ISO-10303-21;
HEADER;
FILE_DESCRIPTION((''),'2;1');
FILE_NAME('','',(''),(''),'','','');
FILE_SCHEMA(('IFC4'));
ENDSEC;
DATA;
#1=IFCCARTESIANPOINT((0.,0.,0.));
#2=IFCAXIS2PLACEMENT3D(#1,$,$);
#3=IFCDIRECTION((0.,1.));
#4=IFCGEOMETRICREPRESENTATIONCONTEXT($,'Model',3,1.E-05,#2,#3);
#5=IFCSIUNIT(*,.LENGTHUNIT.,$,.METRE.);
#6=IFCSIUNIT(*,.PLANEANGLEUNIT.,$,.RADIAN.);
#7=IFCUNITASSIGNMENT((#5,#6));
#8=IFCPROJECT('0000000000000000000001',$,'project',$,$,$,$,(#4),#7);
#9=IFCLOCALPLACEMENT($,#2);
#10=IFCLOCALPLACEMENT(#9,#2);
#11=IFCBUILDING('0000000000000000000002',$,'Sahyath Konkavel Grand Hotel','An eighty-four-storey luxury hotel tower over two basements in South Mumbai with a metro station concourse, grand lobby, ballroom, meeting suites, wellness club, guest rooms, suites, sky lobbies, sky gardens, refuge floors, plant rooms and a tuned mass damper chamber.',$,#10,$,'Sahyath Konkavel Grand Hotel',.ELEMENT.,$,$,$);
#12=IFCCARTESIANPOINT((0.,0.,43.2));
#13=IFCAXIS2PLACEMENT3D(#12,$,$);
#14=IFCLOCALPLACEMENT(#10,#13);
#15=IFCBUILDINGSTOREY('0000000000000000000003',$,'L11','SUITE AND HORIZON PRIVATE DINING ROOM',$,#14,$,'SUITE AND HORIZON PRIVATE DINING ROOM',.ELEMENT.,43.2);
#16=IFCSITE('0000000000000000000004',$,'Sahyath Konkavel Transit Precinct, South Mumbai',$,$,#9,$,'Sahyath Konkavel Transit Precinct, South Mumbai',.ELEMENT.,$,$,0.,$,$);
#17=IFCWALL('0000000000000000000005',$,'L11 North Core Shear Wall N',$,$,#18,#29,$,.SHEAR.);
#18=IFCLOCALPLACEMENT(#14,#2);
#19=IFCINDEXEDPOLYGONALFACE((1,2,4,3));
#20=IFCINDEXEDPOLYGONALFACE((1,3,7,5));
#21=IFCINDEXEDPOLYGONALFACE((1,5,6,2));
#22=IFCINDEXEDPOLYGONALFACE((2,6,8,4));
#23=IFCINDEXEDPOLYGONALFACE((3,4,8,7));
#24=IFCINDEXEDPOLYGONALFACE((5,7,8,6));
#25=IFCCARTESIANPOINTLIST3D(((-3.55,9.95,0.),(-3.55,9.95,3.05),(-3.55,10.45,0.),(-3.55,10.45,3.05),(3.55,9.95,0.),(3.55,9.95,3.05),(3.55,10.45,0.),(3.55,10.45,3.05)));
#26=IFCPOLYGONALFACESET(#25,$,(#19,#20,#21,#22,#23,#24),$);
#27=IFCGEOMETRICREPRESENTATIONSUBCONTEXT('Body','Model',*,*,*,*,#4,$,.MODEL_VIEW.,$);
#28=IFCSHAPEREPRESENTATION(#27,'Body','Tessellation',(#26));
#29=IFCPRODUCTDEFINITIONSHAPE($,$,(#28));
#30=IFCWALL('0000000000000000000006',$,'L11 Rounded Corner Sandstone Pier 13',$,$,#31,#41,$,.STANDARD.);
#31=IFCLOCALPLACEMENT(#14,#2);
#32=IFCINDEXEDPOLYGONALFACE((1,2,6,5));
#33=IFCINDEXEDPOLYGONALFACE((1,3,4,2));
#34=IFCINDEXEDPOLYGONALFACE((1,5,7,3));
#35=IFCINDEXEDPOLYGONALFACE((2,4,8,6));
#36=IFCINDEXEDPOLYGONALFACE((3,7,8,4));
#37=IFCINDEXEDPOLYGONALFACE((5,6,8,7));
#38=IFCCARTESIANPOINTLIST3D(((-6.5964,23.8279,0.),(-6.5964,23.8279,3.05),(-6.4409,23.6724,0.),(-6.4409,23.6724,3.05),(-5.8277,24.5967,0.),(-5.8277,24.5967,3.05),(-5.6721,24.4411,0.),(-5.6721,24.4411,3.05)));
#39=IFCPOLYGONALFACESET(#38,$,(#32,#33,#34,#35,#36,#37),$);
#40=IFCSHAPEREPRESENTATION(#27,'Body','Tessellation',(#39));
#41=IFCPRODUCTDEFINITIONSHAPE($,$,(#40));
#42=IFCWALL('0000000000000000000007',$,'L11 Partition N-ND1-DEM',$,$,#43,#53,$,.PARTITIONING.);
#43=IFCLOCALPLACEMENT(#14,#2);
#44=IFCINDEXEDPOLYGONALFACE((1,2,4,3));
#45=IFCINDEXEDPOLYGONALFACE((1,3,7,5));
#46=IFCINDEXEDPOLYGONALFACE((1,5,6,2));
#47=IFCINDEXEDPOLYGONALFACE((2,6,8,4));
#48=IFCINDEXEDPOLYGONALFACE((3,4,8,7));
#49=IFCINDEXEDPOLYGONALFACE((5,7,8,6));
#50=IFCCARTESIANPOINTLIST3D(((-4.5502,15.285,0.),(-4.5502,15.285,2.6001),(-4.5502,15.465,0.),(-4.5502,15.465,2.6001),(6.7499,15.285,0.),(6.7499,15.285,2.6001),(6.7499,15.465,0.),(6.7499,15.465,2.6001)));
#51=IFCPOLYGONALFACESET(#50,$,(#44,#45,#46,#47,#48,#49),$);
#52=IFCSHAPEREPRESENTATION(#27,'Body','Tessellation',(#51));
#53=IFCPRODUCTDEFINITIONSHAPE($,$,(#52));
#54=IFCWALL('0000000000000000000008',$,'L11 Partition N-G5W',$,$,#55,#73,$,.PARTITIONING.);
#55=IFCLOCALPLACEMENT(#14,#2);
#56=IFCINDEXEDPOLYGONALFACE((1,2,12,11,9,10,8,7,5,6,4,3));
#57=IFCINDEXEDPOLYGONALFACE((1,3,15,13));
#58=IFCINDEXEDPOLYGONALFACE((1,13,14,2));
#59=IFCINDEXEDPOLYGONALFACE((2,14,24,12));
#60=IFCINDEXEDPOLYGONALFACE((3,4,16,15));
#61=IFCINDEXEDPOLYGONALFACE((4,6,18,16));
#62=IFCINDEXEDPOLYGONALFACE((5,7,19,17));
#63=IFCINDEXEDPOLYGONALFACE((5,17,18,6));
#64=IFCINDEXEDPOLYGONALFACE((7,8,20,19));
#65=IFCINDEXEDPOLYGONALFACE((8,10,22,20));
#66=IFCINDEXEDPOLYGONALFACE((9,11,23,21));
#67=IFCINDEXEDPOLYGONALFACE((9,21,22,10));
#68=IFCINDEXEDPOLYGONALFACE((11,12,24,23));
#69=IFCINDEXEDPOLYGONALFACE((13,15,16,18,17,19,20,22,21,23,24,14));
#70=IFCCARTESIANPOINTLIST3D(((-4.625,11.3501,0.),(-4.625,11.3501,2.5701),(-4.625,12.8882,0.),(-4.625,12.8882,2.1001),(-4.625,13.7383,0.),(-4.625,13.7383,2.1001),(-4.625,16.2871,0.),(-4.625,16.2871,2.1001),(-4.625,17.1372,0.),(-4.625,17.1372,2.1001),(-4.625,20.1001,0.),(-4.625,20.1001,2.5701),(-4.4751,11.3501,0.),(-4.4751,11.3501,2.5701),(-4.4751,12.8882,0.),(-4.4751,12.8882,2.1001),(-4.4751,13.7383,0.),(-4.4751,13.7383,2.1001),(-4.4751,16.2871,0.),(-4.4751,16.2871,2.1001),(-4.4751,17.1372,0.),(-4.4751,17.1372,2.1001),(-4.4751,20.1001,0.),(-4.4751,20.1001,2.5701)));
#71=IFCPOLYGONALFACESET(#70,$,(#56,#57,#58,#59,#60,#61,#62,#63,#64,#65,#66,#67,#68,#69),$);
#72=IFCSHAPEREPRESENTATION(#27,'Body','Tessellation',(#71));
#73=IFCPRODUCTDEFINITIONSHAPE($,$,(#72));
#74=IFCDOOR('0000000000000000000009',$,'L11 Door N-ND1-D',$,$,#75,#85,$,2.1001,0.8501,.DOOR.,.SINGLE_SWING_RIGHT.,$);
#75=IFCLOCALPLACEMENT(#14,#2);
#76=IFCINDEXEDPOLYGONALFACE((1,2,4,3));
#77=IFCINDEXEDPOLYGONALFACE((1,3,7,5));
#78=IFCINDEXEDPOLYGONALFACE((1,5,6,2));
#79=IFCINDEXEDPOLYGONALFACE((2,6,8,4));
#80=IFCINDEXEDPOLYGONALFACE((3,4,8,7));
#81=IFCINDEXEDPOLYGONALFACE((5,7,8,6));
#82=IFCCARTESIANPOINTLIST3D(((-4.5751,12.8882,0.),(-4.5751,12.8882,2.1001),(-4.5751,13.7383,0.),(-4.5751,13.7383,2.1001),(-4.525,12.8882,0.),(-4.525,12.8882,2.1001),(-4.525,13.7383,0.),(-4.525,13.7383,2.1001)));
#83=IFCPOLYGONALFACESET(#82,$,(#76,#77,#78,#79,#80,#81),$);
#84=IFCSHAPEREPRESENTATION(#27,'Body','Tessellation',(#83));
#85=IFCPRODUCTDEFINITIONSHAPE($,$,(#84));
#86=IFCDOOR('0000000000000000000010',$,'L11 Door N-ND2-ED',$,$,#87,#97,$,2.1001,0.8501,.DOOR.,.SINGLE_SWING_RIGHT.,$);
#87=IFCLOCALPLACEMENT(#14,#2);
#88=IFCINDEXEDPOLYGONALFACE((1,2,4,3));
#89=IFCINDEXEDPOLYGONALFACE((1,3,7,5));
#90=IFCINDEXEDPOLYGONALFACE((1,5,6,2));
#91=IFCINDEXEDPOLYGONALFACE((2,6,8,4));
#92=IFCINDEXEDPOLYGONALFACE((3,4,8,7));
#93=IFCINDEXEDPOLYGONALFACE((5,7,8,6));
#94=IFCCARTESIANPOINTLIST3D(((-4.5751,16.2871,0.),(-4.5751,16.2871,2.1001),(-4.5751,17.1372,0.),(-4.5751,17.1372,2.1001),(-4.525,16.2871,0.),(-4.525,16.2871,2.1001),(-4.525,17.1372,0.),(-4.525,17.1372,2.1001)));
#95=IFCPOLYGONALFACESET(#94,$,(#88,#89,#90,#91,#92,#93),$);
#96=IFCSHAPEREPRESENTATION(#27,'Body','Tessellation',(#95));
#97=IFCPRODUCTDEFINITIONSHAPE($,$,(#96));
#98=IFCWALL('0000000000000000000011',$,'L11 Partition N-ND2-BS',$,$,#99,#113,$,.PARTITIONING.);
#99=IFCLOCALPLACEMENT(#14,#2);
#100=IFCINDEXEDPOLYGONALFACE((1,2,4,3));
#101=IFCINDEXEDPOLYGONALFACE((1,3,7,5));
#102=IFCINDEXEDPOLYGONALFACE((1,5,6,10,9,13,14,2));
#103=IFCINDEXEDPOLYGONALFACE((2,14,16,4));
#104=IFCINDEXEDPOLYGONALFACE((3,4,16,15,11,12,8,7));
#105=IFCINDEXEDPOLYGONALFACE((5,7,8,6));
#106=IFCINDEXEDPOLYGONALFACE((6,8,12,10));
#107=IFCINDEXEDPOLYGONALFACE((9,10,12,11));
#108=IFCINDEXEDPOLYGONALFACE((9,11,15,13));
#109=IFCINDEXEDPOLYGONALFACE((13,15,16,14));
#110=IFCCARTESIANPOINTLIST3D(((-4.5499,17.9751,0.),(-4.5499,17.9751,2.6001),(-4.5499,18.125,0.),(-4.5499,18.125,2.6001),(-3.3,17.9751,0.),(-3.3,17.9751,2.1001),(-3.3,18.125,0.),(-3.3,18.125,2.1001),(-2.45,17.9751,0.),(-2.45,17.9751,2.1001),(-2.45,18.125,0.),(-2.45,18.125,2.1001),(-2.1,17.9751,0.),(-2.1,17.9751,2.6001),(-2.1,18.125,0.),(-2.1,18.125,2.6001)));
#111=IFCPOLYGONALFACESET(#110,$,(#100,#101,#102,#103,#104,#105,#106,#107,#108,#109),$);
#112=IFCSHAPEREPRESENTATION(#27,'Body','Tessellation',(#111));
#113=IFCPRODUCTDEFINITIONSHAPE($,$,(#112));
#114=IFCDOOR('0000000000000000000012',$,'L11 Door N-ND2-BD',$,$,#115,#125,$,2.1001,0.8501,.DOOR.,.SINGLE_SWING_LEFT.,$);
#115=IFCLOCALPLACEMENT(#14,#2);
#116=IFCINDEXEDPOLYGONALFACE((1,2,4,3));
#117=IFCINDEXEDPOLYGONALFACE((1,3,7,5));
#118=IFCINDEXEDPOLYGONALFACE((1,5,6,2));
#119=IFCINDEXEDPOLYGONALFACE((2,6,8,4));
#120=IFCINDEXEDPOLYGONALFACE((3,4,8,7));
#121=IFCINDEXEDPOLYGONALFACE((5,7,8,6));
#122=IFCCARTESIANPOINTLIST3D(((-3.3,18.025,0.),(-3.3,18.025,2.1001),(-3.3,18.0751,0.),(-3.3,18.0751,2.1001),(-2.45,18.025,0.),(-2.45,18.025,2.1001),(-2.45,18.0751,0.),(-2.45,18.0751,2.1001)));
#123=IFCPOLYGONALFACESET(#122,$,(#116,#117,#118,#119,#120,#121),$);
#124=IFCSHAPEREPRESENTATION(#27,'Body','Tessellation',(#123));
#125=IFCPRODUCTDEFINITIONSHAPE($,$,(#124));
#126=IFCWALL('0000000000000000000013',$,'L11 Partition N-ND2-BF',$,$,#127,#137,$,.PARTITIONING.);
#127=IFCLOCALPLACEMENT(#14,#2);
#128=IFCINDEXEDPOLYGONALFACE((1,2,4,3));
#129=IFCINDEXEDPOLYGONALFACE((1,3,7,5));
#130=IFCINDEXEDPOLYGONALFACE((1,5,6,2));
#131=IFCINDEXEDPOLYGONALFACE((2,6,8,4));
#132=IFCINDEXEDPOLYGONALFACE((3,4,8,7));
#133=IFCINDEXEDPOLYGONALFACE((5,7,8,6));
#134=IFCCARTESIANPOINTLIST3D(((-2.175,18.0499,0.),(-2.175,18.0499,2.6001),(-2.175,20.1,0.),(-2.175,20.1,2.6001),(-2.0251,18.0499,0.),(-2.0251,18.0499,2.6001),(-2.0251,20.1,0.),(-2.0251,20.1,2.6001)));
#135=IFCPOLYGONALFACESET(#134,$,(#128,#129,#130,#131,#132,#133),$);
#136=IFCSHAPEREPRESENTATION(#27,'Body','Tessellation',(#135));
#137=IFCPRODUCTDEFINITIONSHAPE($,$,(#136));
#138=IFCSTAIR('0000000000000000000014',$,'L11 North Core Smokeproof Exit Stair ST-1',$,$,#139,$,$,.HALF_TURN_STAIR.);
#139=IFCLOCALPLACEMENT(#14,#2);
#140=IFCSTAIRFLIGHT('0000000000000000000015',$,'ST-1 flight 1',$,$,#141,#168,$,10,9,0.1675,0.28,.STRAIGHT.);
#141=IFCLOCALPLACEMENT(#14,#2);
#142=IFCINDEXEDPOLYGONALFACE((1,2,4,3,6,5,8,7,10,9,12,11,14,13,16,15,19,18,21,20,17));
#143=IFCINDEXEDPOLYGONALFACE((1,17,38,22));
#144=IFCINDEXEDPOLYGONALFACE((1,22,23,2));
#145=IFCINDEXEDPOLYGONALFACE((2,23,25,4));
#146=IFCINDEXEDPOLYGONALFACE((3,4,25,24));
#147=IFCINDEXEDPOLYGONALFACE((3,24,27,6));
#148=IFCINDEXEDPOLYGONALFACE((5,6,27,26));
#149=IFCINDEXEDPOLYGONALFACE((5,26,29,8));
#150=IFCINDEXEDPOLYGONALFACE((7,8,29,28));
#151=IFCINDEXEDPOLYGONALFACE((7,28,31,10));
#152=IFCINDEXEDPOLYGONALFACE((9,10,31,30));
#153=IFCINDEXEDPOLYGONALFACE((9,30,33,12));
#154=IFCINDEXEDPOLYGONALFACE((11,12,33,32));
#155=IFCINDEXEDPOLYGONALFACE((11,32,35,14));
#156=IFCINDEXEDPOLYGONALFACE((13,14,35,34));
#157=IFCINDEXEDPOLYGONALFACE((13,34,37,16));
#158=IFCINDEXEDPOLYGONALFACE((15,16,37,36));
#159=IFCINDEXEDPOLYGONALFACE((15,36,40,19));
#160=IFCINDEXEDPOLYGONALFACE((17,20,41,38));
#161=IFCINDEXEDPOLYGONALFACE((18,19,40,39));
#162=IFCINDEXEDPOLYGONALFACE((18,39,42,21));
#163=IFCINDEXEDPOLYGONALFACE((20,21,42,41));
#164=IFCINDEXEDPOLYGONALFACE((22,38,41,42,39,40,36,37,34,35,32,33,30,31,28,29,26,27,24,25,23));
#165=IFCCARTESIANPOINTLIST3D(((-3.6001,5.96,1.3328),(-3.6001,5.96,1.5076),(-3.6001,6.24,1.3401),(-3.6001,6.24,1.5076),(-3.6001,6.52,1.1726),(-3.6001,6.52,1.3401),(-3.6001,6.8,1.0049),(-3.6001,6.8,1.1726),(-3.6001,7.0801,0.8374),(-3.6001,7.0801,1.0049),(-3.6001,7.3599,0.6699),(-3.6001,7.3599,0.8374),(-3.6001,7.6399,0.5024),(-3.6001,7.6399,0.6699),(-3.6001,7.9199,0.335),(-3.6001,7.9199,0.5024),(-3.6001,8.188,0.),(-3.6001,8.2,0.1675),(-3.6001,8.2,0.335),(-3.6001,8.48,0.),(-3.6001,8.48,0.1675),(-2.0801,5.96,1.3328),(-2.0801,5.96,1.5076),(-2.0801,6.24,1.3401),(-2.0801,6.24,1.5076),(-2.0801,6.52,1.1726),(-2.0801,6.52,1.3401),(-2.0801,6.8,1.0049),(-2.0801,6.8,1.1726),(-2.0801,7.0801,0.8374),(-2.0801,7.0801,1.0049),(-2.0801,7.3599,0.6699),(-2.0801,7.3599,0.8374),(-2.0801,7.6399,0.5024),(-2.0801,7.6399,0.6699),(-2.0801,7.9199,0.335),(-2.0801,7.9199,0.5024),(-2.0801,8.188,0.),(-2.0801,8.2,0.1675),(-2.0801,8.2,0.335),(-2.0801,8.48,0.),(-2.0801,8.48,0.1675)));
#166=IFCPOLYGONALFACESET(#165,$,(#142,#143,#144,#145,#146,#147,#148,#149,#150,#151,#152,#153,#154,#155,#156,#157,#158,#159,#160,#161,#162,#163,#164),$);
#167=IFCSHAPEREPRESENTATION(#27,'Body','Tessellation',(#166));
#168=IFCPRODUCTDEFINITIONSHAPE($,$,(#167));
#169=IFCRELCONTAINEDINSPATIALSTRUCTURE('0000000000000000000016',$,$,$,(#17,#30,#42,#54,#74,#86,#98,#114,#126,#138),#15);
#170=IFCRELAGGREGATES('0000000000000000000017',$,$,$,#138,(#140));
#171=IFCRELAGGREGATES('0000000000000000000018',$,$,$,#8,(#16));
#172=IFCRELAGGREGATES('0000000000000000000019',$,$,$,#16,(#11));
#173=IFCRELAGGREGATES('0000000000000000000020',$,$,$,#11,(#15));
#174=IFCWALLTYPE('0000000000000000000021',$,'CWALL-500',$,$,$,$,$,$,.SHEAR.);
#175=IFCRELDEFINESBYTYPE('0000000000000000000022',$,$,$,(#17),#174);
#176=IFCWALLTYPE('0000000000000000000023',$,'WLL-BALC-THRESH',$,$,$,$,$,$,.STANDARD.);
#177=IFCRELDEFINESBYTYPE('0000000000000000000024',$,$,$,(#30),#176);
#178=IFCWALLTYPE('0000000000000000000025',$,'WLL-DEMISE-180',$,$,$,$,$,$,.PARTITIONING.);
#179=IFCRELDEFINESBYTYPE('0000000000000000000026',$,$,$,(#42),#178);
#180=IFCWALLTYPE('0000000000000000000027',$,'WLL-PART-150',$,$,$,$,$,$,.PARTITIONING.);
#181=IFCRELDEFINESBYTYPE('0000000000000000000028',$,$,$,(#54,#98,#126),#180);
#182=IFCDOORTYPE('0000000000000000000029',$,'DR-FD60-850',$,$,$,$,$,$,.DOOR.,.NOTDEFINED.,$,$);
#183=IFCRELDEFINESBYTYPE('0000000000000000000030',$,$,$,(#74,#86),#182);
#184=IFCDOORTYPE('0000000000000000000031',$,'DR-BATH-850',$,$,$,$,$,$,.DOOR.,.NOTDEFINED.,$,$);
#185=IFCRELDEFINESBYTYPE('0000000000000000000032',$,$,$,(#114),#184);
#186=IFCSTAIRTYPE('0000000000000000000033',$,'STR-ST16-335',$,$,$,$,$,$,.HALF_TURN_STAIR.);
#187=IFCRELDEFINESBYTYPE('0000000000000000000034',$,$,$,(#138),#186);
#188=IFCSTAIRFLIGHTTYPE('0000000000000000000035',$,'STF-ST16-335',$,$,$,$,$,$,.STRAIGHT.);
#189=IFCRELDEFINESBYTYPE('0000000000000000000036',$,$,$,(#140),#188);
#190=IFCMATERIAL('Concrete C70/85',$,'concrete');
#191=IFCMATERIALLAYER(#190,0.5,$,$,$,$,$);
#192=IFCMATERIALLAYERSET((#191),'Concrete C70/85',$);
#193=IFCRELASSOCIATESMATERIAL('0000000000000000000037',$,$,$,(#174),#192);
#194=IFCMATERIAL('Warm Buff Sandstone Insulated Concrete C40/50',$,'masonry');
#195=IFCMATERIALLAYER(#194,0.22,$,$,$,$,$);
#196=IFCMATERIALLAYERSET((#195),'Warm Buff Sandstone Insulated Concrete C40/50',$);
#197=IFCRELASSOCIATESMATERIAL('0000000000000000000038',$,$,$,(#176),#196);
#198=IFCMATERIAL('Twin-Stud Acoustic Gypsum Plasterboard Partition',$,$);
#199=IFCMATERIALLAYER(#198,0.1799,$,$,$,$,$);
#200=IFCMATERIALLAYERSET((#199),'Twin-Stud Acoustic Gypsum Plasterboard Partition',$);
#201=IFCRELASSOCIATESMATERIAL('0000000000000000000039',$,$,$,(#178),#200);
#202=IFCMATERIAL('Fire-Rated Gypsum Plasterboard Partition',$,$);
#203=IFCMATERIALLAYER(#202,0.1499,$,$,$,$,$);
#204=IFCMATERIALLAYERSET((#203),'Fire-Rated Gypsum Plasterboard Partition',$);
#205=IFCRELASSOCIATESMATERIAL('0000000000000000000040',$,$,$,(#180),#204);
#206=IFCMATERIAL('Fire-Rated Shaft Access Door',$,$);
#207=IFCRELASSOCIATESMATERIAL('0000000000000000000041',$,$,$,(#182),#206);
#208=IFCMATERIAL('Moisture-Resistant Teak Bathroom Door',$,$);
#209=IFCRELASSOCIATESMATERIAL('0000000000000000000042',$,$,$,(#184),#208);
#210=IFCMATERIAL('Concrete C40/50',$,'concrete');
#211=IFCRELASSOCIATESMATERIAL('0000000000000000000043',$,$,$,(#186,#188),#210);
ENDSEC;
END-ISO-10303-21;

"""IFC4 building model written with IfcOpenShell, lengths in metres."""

from ifc_helpers import new_model, si_unit, direction, frame, frame_2d, origin, origin_2d, place, context, subcontext, project, spatial, polyline, rectangle, outline, extrude, source, transform, mapped, material, layer, layer_set, type_object, element, fill, aggregate, save


model = new_model("IFC4")

# Units and contexts
model_context = context("Model", 3, precision=1e-05, world=origin(), true_north=direction((0.0, 1.0)))
body_context = subcontext(model_context, "Body", "Model", "MODEL_VIEW")
ifc_project = project(units=[si_unit("LENGTHUNIT", "METRE"), si_unit("PLANEANGLEUNIT", "RADIAN")], contexts=[model_context])

# Site, building, storey
site_placement = place(None, origin())
site = spatial("IfcSite", under=ifc_project, at=site_placement, Name="Sahyath Konkavel Transit Precinct, South Mumbai", LongName="Sahyath Konkavel Transit Precinct, South Mumbai", CompositionType="ELEMENT", RefElevation=0.0)
building_placement = place(site_placement, origin())
building = spatial("IfcBuilding", under=site, at=building_placement, Name="Sahyath Konkavel Grand Hotel", Description="An eighty-four-storey luxury hotel tower over two basements in South Mumbai with a metro station concourse, grand lobby, ballroom, meeting suites, wellness club, guest rooms, suites, sky lobbies, sky gardens, refuge floors, plant rooms and a tuned mass damper chamber.", LongName="Sahyath Konkavel Grand Hotel", CompositionType="ELEMENT")
storey_placement = place(building_placement, frame((0.0, 0.0, 43.2)))
storey = spatial("IfcBuildingStorey", under=building, at=storey_placement, Name="L11", Description="SUITE AND HORIZON PRIVATE DINING ROOM", LongName="SUITE AND HORIZON PRIVATE DINING ROOM", CompositionType="ELEMENT", Elevation=43.2)

# Shared definitions
ifc_material_1 = material(Name="Concrete C70/85", Category="concrete")

# Walls
ifc_layer_1 = layer(ifc_material_1, 0.5)
ifc_layer_set_1 = layer_set([ifc_layer_1], Name="Concrete C70/85")
wall_type_1 = type_object("IfcWallType", Name="CWALL-500", PredefinedType="SHEAR", material=ifc_layer_set_1)
wall_1_placement = place(storey_placement, frame((-3.55, 10.2, 0.0), z_axis=(0.0, 0.0, 1.0), x_axis=(1.0, 0.0, 0.0)))
element("IfcWall", 1, at=wall_1_placement, inside=storey, type_object=wall_type_1, Name="L11 North Core Shear Wall N", PredefinedType="SHEAR", context=body_context, shape_type="SweptSolid", body=[
    extrude(rectangle(XDim=7.1001, YDim=0.5, at=frame_2d((3.55, 0.0))), origin(), (0.0, 0.0, 1.0), 3.05),
])
ifc_material_2 = material(Name="Warm Buff Sandstone Insulated Concrete C40/50", Category="masonry")
ifc_layer_2 = layer(ifc_material_2, 0.22)
ifc_layer_set_2 = layer_set([ifc_layer_2], Name="Warm Buff Sandstone Insulated Concrete C40/50")
wall_type_2 = type_object("IfcWallType", Name="WLL-BALC-THRESH", PredefinedType="STANDARD", material=ifc_layer_set_2)
wall_2_placement = place(storey_placement, frame((-5.75, 24.5188, 0.0), z_axis=(0.0, 0.0, 1.0), x_axis=(-0.707107, -0.707107, 0.0)))
element("IfcWall", 2, at=wall_2_placement, inside=storey, type_object=wall_type_2, Name="L11 Rounded Corner Sandstone Pier 13", PredefinedType="STANDARD", context=body_context, shape_type="SweptSolid", body=[
    extrude(rectangle(XDim=1.0872, YDim=0.22, at=frame_2d((0.5435, 0.0))), origin(), (0.0, 0.0, 1.0), 3.05),
])
ifc_material_3 = material(Name="Twin-Stud Acoustic Gypsum Plasterboard Partition")
ifc_layer_3 = layer(ifc_material_3, 0.1799)
ifc_layer_set_3 = layer_set([ifc_layer_3], Name="Twin-Stud Acoustic Gypsum Plasterboard Partition")
wall_type_3 = type_object("IfcWallType", Name="WLL-DEMISE-180", PredefinedType="PARTITIONING", material=ifc_layer_set_3)
wall_3_placement = place(storey_placement, frame((-4.55, 15.375, 0.0), z_axis=(0.0, 0.0, 1.0), x_axis=(1.0, 0.0, 0.0)))
element("IfcWall", 3, at=wall_3_placement, inside=storey, type_object=wall_type_3, Name="L11 Partition N-ND1-DEM", PredefinedType="PARTITIONING", context=body_context, shape_type="SweptSolid", body=[
    extrude(rectangle(XDim=11.3, YDim=0.1799, at=frame_2d((5.6499, 0.0))), origin(), (0.0, 0.0, 1.0), 2.6001),
])

# Wall, openings, doors
ifc_material_4 = material(Name="Fire-Rated Gypsum Plasterboard Partition")
ifc_layer_4 = layer(ifc_material_4, 0.1499)
ifc_layer_set_4 = layer_set([ifc_layer_4], Name="Fire-Rated Gypsum Plasterboard Partition")
wall_type_4 = type_object("IfcWallType", Name="WLL-PART-150", PredefinedType="PARTITIONING", material=ifc_layer_set_4)
wall_4_placement = place(storey_placement, frame((-4.55, 11.3501, 0.0), z_axis=(0.0, 0.0, 1.0), x_axis=(0.0, 1.0, 0.0)))
wall_4 = element("IfcWall", 4, at=wall_4_placement, inside=storey, type_object=wall_type_4, Name="L11 Partition N-G5W", PredefinedType="PARTITIONING", context=body_context, shape_type="SweptSolid", body=[
    extrude(rectangle(XDim=8.75, YDim=0.1499, at=frame_2d((4.375, 0.0))), origin(), (0.0, 0.0, 1.0), 2.5701),
])
opening_1_placement = place(wall_4_placement, frame((1.5381, 0.0, 0.0)))
opening_1 = element("IfcOpeningElement", 5, at=opening_1_placement, cuts=wall_4, PredefinedType="OPENING", context=body_context, shape_type="SweptSolid", body=[
    extrude(rectangle(XDim=0.8501, YDim=2.1001, at=frame_2d((0.425, 1.05))), frame((0.0, 0.085, 0.0), z_axis=(0.0, -1.0, 0.0), x_axis=(1.0, 0.0, 0.0)), (0.0, 0.0, 1.0), 0.1699),
])
opening_2_placement = place(wall_4_placement, frame((4.937, 0.0, 0.0)))
opening_2 = element("IfcOpeningElement", 6, at=opening_2_placement, cuts=wall_4, PredefinedType="OPENING", context=body_context, shape_type="SweptSolid", body=[
    extrude(rectangle(XDim=0.8501, YDim=2.1001, at=frame_2d((0.425, 1.05))), frame((0.0, 0.085, 0.0), z_axis=(0.0, -1.0, 0.0), x_axis=(1.0, 0.0, 0.0)), (0.0, 0.0, 1.0), 0.1699),
])
ifc_material_5 = material(Name="Fire-Rated Shaft Access Door")
door_type_1 = type_object("IfcDoorType", Name="DR-FD60-850", OperationType="NOTDEFINED", PredefinedType="DOOR", material=ifc_material_5)
shared_shape_1 = source(origin(), body_context, "Body", "SweptSolid", [
    extrude(rectangle(XDim=0.8501, YDim=0.05, at=origin_2d()), origin(), (0.0, 0.0, 1.0), 2.1001),
])
door_1_placement = place(opening_1_placement, frame((0.425, 0.0, 0.0)))
door_1 = element("IfcDoor", 7, at=door_1_placement, inside=storey, type_object=door_type_1, Name="L11 Door N-ND1-D", OperationType="SINGLE_SWING_RIGHT", OverallHeight=2.1001, OverallWidth=0.8501, PredefinedType="DOOR", context=body_context, shape_type="MappedRepresentation", body=[
    mapped(shared_shape_1, transform((0.0, 0.0, 0.0), scale=1.0)),
])
fill(opening_1, door_1)
door_2_placement = place(opening_2_placement, frame((0.425, 0.0, 0.0)))
door_2 = element("IfcDoor", 8, at=door_2_placement, inside=storey, type_object=door_type_1, Name="L11 Door N-ND2-ED", OperationType="SINGLE_SWING_RIGHT", OverallHeight=2.1001, OverallWidth=0.8501, PredefinedType="DOOR", context=body_context, shape_type="MappedRepresentation", body=[
    mapped(shared_shape_1, transform((0.0, 0.0, 0.0), scale=1.0)),
])
fill(opening_2, door_2)

# Wall, opening, door
wall_5_placement = place(storey_placement, frame((-4.55, 18.05, 0.0), z_axis=(0.0, 0.0, 1.0), x_axis=(1.0, 0.0, 0.0)))
wall_5 = element("IfcWall", 9, at=wall_5_placement, inside=storey, type_object=wall_type_4, Name="L11 Partition N-ND2-BS", PredefinedType="PARTITIONING", context=body_context, shape_type="SweptSolid", body=[
    extrude(rectangle(XDim=2.45, YDim=0.1499, at=frame_2d((1.2251, 0.0))), origin(), (0.0, 0.0, 1.0), 2.6001),
])
opening_3_placement = place(wall_5_placement, frame((1.25, 0.0, 0.0)))
opening_3 = element("IfcOpeningElement", 10, at=opening_3_placement, cuts=wall_5, PredefinedType="OPENING", context=body_context, shape_type="SweptSolid", body=[
    extrude(rectangle(XDim=0.8501, YDim=2.1001, at=frame_2d((0.425, 1.05))), frame((0.0, 0.085, 0.0), z_axis=(0.0, -1.0, 0.0), x_axis=(1.0, 0.0, 0.0)), (0.0, 0.0, 1.0), 0.1699),
])
ifc_material_6 = material(Name="Moisture-Resistant Teak Bathroom Door")
door_type_2 = type_object("IfcDoorType", Name="DR-BATH-850", OperationType="NOTDEFINED", PredefinedType="DOOR", material=ifc_material_6)
door_3_placement = place(opening_3_placement, frame((0.425, 0.0, 0.0)))
door_3 = element("IfcDoor", 11, at=door_3_placement, inside=storey, type_object=door_type_2, Name="L11 Door N-ND2-BD", OperationType="SINGLE_SWING_LEFT", OverallHeight=2.1001, OverallWidth=0.8501, PredefinedType="DOOR", context=body_context, shape_type="MappedRepresentation", body=[
    mapped(shared_shape_1, transform((0.0, 0.0, 0.0), scale=1.0)),
])
fill(opening_3, door_3)

# Wall
wall_6_placement = place(storey_placement, frame((-2.1001, 18.05, 0.0), z_axis=(0.0, 0.0, 1.0), x_axis=(0.0, 1.0, 0.0)))
element("IfcWall", 12, at=wall_6_placement, inside=storey, type_object=wall_type_4, Name="L11 Partition N-ND2-BF", PredefinedType="PARTITIONING", context=body_context, shape_type="SweptSolid", body=[
    extrude(rectangle(XDim=2.05, YDim=0.1499, at=frame_2d((1.0249, 0.0))), origin(), (0.0, 0.0, 1.0), 2.6001),
])

# Stair, stair flight
ifc_material_7 = material(Name="Concrete C40/50", Category="concrete")
stair_type = type_object("IfcStairType", Name="STR-ST16-335", PredefinedType="HALF_TURN_STAIR", material=ifc_material_7)
stair_placement = place(storey_placement, origin())
stair = element("IfcStair", 13, at=stair_placement, inside=storey, type_object=stair_type, Name="L11 North Core Smokeproof Exit Stair ST-1", PredefinedType="HALF_TURN_STAIR")
stair_flight_type = type_object("IfcStairFlightType", Name="STF-ST16-335", PredefinedType="STRAIGHT", material=ifc_material_7)
stair_flight_placement = place(storey_placement, frame((-2.8401, 8.48, 0.0), z_axis=(0.0, 0.0, 1.0), x_axis=(0.0, -1.0, 0.0)))
stair_flight = element("IfcStairFlight", 14, at=stair_flight_placement, type_object=stair_flight_type, Name="ST-1 flight 1", NumberOfRisers=10, NumberOfTreads=9, PredefinedType="STRAIGHT", RiserHeight=0.1675, TreadLength=0.28, context=body_context, shape_type="SweptSolid", body=[
    extrude(outline(polyline([(0.0, 0.0), (0.0, 0.1675), (0.28, 0.1675), (0.28, 0.335), (0.5601, 0.335), (0.5601, 0.5024), (0.8401, 0.5024), (0.8401, 0.6699), (1.1201, 0.6699), (1.1201, 0.8374), (1.3999, 0.8374), (1.3999, 1.0049), (1.6799, 1.0049), (1.6799, 1.1726), (1.96, 1.1726), (1.96, 1.3401), (2.24, 1.3401), (2.24, 1.5076), (2.52, 1.5076), (2.52, 1.675), (2.52, 1.3328), (0.292, 0.0), (0.0, 0.0)])), frame((0.0, 0.76, 0.0), z_axis=(0.0, -1.0, 0.0), x_axis=(1.0, 0.0, 0.0)), (0.0, 0.0, 1.0), 1.52),
])
aggregate(stair, [stair_flight])

save(model, "model.ifc")
